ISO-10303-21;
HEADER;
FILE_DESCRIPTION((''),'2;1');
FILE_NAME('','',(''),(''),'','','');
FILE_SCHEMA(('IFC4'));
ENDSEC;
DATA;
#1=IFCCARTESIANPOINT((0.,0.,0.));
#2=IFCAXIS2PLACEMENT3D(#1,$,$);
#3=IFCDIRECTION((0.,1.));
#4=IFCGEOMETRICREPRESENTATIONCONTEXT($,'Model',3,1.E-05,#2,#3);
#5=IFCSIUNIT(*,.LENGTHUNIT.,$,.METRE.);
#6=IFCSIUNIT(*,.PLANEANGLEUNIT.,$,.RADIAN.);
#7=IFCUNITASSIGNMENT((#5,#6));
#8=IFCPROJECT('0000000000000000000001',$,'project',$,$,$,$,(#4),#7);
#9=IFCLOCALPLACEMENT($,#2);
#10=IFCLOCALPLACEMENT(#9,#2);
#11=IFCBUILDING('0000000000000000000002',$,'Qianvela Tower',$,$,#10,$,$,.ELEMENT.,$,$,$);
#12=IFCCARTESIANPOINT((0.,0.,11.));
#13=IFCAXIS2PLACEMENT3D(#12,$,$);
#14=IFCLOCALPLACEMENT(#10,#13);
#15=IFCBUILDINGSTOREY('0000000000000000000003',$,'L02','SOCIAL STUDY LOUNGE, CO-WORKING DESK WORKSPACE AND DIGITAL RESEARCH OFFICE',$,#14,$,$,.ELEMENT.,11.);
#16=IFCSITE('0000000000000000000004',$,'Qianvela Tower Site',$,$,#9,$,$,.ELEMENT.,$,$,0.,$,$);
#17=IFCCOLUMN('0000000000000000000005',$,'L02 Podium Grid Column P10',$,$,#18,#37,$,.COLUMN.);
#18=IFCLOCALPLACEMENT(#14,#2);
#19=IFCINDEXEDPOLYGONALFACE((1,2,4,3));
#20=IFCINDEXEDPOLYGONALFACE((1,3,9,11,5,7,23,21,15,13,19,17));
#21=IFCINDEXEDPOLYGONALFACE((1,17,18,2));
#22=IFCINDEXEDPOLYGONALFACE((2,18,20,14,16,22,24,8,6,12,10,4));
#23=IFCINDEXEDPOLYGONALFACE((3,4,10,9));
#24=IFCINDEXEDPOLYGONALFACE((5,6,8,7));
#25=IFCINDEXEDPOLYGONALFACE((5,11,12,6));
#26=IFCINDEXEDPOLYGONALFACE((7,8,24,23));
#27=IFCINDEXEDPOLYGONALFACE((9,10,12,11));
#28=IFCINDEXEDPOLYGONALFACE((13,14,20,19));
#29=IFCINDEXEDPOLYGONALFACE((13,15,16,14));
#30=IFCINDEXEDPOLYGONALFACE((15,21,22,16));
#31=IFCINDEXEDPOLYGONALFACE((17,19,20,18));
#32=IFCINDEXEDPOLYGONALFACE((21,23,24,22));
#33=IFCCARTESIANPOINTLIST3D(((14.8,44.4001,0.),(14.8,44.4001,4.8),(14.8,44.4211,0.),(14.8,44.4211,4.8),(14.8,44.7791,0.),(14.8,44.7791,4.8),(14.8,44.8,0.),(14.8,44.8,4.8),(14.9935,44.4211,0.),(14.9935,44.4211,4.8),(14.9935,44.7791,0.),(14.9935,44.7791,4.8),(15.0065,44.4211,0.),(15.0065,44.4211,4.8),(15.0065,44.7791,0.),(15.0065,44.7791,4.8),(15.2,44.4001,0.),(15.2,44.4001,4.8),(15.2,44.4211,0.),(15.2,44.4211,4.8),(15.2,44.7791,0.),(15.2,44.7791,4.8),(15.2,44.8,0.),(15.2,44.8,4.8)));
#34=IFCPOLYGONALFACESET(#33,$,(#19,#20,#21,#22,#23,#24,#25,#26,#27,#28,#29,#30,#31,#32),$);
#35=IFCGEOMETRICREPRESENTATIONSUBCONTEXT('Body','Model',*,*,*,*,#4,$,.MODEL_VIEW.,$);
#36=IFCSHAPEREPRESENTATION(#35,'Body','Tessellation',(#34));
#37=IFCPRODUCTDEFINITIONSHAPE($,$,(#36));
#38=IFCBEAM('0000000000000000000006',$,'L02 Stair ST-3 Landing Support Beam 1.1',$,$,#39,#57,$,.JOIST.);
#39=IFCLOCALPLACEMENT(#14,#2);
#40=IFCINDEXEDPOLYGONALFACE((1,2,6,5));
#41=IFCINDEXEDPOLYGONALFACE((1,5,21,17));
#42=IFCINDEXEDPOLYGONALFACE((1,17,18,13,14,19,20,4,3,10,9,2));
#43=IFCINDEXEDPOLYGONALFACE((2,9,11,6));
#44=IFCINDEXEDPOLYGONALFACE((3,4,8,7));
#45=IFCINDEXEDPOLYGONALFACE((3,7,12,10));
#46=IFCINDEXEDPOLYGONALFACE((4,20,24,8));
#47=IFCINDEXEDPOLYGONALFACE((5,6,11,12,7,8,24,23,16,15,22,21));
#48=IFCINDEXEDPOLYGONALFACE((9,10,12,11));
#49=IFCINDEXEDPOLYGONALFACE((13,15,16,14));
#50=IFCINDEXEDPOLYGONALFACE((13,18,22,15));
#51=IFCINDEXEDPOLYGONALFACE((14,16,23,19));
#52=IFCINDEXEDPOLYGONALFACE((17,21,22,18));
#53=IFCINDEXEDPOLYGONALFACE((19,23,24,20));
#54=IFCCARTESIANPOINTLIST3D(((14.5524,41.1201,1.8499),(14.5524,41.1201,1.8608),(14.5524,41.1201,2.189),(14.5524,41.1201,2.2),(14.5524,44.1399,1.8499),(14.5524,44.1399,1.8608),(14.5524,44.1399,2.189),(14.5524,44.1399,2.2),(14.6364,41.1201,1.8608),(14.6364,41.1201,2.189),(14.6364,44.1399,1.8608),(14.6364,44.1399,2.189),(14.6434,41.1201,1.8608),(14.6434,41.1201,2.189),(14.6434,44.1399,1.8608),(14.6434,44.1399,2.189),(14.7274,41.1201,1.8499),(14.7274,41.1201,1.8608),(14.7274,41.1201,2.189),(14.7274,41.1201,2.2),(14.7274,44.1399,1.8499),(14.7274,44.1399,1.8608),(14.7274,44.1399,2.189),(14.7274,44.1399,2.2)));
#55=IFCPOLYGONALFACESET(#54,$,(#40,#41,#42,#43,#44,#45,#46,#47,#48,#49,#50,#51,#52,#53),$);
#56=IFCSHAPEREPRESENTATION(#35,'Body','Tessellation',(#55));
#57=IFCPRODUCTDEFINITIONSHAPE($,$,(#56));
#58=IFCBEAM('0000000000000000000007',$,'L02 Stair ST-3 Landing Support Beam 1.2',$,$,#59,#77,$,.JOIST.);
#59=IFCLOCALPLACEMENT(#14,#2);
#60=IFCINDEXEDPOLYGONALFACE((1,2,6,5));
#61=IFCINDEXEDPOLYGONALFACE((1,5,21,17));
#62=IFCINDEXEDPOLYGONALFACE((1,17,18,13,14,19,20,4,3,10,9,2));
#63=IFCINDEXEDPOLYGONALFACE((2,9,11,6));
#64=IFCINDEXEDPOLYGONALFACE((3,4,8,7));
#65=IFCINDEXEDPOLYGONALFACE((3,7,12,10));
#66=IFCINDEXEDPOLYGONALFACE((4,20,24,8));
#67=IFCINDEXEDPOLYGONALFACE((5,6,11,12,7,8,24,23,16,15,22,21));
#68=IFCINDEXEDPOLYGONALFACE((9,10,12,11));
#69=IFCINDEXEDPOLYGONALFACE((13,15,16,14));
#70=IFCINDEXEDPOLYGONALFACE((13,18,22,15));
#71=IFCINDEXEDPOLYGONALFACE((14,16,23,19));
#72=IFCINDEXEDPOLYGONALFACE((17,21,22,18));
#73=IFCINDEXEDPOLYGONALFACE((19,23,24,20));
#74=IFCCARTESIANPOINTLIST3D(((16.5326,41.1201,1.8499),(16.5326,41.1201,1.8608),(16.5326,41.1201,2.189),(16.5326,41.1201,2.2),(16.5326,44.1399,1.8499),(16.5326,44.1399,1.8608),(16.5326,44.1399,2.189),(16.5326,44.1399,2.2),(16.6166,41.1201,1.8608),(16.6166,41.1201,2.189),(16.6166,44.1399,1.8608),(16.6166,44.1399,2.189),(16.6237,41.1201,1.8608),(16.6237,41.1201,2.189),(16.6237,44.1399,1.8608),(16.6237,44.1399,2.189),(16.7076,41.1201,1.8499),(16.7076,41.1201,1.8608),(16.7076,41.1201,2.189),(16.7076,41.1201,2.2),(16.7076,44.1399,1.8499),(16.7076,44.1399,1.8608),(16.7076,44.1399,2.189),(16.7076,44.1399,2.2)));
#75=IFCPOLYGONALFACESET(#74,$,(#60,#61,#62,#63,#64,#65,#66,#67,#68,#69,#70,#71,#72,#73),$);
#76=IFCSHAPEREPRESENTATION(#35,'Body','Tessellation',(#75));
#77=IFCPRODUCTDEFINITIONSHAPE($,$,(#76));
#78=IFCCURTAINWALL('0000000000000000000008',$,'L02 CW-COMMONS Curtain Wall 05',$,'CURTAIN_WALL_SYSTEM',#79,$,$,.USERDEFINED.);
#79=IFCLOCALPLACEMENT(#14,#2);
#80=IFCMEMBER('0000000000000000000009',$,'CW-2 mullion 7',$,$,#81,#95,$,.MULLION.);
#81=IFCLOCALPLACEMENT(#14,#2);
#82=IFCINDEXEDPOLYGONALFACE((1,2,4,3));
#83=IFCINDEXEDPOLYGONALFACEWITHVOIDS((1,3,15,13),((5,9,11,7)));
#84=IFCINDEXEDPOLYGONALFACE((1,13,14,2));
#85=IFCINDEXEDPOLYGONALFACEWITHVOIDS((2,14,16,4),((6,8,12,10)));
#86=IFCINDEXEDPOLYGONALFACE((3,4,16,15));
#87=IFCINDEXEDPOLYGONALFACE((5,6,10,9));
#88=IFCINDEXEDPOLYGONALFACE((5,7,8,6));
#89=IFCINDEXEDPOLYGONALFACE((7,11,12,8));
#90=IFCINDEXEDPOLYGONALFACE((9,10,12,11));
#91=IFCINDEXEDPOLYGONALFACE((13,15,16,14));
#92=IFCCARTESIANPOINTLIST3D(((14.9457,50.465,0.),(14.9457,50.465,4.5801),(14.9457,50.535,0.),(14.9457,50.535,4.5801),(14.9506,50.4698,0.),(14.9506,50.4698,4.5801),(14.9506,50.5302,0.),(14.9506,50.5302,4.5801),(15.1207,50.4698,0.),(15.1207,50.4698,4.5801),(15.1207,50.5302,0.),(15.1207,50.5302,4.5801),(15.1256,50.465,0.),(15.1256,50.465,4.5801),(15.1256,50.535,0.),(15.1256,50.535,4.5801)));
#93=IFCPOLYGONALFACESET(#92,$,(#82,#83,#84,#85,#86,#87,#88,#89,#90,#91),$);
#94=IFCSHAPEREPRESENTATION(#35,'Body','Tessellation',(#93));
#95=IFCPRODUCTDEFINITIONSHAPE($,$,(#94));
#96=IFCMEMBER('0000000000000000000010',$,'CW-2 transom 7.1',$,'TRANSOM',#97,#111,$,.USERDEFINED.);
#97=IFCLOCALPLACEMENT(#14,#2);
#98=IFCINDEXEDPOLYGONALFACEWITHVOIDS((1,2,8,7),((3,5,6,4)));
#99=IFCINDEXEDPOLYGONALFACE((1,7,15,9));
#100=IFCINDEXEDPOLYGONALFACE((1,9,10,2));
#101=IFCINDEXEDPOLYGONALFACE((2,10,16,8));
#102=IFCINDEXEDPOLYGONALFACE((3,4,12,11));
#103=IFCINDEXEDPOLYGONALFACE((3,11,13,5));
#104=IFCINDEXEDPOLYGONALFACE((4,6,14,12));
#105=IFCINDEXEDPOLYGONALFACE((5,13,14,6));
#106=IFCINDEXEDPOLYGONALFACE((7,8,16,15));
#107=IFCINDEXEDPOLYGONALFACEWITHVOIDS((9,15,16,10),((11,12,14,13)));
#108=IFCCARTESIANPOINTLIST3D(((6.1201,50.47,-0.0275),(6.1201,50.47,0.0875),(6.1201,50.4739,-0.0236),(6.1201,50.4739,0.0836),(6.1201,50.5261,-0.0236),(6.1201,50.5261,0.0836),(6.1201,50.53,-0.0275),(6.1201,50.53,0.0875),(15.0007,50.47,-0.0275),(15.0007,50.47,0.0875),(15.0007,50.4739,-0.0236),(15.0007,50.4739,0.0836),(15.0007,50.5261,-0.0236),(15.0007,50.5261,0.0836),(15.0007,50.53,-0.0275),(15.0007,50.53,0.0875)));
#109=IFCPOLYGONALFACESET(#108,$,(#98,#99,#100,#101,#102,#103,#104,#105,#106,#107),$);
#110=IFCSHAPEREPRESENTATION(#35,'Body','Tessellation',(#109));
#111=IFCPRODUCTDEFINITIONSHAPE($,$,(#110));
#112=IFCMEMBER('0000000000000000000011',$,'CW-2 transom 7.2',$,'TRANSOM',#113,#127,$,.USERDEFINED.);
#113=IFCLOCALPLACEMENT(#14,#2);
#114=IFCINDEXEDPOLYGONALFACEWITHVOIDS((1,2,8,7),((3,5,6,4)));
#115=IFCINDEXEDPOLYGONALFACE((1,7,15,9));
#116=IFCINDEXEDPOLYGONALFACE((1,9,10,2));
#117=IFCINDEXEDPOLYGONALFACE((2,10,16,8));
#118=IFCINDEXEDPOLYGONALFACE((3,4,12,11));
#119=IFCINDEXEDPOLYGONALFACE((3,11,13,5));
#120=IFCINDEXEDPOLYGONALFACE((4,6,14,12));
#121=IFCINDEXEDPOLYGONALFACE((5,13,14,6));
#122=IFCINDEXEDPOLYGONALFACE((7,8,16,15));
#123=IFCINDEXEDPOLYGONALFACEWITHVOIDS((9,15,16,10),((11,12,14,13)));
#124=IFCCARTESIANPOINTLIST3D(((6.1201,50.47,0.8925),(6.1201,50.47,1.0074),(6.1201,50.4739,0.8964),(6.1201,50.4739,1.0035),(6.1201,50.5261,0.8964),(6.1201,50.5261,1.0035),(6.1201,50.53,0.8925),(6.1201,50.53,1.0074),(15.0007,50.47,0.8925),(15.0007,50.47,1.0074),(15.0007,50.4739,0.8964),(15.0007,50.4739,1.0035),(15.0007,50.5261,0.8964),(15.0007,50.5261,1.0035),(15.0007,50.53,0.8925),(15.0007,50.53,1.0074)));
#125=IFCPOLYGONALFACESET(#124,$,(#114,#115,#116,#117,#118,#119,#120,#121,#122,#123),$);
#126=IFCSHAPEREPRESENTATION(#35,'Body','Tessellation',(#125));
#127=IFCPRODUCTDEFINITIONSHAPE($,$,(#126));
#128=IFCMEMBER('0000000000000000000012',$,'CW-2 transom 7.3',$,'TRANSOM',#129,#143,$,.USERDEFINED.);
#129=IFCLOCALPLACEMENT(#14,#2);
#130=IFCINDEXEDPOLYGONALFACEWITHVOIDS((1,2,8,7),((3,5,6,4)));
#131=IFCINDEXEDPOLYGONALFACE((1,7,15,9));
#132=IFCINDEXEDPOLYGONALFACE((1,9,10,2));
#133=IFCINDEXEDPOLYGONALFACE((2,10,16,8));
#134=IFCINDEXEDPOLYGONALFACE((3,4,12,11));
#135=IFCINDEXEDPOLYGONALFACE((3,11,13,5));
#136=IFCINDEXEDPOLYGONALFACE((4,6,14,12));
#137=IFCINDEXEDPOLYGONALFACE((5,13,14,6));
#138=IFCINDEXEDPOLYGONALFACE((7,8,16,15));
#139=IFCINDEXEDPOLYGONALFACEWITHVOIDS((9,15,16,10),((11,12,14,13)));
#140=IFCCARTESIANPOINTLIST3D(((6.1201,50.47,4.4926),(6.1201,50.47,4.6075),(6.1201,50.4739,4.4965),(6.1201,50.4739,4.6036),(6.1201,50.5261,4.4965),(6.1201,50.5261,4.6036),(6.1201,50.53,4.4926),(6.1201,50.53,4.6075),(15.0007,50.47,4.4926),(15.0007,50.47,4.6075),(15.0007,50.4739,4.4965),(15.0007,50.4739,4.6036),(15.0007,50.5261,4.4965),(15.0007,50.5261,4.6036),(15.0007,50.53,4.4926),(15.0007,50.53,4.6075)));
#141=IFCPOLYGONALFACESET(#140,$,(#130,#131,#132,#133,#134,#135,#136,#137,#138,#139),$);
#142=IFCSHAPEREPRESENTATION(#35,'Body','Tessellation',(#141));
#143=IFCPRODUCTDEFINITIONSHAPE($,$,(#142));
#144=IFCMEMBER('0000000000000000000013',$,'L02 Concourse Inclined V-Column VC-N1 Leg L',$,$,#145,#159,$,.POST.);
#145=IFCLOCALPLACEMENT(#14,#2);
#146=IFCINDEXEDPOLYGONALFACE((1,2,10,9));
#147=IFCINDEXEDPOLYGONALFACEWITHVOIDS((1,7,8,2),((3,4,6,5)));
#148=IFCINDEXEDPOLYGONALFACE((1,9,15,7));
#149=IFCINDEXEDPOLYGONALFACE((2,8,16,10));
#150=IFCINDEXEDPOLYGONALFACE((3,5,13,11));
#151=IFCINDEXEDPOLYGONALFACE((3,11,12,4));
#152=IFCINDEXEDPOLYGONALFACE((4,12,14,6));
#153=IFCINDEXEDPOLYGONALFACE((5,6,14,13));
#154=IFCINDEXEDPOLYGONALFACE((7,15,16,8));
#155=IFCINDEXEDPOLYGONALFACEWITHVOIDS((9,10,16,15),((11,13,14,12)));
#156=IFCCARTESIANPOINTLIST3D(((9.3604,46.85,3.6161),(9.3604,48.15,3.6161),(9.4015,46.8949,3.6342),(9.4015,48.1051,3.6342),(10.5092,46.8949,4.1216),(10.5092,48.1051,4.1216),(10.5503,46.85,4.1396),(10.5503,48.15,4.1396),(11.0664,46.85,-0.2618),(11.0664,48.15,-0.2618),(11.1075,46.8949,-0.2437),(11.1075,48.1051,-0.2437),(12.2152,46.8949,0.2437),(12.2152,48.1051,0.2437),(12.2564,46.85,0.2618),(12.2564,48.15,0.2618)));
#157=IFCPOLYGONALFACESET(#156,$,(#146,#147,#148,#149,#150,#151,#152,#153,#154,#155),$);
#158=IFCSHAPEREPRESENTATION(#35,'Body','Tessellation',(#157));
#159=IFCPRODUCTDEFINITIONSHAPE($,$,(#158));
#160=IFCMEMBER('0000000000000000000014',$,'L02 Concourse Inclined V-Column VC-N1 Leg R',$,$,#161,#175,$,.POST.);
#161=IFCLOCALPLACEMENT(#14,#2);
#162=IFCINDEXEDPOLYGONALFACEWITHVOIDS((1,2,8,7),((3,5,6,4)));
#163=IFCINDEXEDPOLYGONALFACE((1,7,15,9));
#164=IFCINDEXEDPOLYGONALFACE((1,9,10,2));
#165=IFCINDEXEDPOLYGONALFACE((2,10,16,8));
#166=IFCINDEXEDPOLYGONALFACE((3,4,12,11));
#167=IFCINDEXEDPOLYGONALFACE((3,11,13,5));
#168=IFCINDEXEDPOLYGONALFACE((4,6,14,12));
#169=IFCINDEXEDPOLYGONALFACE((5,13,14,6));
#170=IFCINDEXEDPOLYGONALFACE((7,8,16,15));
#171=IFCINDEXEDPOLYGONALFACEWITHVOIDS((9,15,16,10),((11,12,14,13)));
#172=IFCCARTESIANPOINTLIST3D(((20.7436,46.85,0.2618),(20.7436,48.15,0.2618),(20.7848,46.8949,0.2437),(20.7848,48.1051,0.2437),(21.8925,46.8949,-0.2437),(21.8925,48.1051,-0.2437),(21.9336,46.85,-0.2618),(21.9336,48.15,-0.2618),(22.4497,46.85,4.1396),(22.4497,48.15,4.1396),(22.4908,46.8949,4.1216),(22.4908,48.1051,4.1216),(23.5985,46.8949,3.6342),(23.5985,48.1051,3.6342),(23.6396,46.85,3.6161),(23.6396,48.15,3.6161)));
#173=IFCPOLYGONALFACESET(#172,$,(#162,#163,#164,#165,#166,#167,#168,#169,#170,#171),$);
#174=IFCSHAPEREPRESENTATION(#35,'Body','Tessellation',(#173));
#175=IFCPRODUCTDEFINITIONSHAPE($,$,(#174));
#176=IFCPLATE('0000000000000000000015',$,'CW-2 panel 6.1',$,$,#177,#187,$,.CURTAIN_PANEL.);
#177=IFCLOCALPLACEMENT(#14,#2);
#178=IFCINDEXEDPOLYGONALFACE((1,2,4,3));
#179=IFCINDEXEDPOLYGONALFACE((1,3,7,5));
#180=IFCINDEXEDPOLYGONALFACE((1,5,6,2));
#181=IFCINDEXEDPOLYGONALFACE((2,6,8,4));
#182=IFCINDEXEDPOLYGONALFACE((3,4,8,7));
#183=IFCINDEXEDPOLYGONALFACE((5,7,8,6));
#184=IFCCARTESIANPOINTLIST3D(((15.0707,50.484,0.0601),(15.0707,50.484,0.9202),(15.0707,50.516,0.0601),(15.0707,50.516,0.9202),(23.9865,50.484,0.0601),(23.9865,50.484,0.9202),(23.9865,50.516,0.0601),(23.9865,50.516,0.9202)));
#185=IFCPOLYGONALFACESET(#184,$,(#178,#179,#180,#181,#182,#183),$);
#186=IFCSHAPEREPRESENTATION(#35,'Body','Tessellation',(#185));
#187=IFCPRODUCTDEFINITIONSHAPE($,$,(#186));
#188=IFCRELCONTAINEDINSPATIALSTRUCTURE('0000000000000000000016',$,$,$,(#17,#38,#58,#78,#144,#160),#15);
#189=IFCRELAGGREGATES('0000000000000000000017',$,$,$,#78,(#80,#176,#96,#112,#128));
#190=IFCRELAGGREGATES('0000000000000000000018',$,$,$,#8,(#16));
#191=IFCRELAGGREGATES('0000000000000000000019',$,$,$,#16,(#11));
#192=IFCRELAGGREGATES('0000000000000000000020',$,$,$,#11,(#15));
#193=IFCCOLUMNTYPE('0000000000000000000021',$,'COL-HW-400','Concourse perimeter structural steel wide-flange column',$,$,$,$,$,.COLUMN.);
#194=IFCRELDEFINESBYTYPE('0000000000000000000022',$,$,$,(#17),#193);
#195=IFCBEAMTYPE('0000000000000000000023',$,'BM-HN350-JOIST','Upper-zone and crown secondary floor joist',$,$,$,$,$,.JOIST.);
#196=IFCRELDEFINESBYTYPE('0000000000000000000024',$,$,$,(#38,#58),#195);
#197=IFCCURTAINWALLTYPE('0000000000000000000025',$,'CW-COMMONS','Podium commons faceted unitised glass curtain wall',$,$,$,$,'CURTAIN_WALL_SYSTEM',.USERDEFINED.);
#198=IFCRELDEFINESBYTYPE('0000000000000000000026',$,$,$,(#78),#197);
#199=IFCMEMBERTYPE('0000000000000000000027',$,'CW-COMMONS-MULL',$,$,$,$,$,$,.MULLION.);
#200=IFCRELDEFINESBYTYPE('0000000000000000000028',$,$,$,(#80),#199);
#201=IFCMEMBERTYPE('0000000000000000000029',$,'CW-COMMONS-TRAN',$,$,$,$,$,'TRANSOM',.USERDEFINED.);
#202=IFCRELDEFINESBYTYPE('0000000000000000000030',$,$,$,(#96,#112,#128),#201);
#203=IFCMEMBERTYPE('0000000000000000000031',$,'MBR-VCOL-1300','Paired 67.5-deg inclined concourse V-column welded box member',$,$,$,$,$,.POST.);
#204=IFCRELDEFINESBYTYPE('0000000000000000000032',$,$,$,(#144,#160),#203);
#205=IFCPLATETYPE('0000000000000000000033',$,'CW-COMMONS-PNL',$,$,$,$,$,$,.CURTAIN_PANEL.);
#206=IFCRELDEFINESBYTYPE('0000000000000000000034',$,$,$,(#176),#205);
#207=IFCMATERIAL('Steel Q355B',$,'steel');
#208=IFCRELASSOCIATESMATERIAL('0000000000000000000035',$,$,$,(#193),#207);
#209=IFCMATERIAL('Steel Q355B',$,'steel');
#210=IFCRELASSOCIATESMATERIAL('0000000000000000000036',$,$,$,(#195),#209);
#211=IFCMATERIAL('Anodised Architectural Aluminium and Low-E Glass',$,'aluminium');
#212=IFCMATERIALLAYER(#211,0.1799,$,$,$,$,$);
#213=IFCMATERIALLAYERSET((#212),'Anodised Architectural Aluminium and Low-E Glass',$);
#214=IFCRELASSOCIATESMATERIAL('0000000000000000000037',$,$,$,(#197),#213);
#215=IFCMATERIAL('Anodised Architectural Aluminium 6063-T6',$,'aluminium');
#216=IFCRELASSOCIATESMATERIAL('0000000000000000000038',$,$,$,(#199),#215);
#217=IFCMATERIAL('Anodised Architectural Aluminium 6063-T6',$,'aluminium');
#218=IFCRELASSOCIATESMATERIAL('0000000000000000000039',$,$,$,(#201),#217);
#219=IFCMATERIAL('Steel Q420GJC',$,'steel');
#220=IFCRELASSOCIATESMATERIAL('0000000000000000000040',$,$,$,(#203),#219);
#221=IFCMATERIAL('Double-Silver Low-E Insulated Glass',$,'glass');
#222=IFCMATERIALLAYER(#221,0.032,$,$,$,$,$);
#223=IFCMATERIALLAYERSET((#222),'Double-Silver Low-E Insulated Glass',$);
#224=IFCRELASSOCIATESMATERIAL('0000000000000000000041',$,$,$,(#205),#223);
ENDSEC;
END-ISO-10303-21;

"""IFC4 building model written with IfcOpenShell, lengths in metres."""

from ifc_helpers import new_model, si_unit, direction, frame, origin, origin_2d, place, context, subcontext, project, spatial, rectangle, hollow_rectangle, i_section, extrude, material, layer, layer_set, material_profile, profile_set, type_object, element, aggregate, save


model = new_model("IFC4")

# Units and contexts
model_context = context("Model", 3, precision=1e-05, world=origin(), true_north=direction((0.0, 1.0)))
body_context = subcontext(model_context, "Body", "Model", "MODEL_VIEW")
ifc_project = project(units=[si_unit("LENGTHUNIT", "METRE"), si_unit("PLANEANGLEUNIT", "RADIAN")], contexts=[model_context])

# Site, building, storey
site_placement = place(None, origin())
site = spatial("IfcSite", under=ifc_project, at=site_placement, Name="Qianvela Tower Site", CompositionType="ELEMENT", RefElevation=0.0)
building_placement = place(site_placement, origin())
building = spatial("IfcBuilding", under=site, at=building_placement, Name="Qianvela Tower", CompositionType="ELEMENT")
storey_placement = place(building_placement, frame((0.0, 0.0, 11.0)))
storey = spatial("IfcBuildingStorey", under=building, at=storey_placement, Name="L02", Description="SOCIAL STUDY LOUNGE, CO-WORKING DESK WORKSPACE AND DIGITAL RESEARCH OFFICE", CompositionType="ELEMENT", Elevation=11.0)

# Column
ifc_material_1 = material(Name="Steel Q355B", Category="steel")
ifc_material_profile_1 = material_profile(ifc_material_1, i_section(OverallWidth=0.3999, OverallDepth=0.3999, WebThickness=0.0129, FlangeThickness=0.021, at=origin_2d()), Name="HW400x400x13x21")
ifc_profile_set_1 = profile_set([ifc_material_profile_1], Name="Steel Q355B")
column_type = type_object("IfcColumnType", Name="COL-HW-400", Description="Concourse perimeter structural steel wide-flange column", PredefinedType="COLUMN", material=ifc_profile_set_1)
column_placement = place(storey_placement, frame((15.0, 44.6001, 0.0), z_axis=(0.0, 0.0, 1.0), x_axis=(1.0, 0.0, 0.0)))
element("IfcColumn", 1, at=column_placement, inside=storey, type_object=column_type, Name="L02 Podium Grid Column P10", PredefinedType="COLUMN", context=body_context, shape_type="SweptSolid", body=[
    extrude(i_section(OverallWidth=0.3999, OverallDepth=0.3999, WebThickness=0.0129, FlangeThickness=0.021, at=origin_2d()), origin(), (0.0, 0.0, 1.0), 4.8),
])

# Beams
ifc_material_2 = material(Name="Steel Q355B", Category="steel")
ifc_material_profile_2 = material_profile(ifc_material_2, i_section(OverallWidth=0.175, OverallDepth=0.3501, WebThickness=0.0071, FlangeThickness=0.011, at=origin_2d()), Name="HN350x175x7x11")
ifc_profile_set_2 = profile_set([ifc_material_profile_2], Name="Steel Q355B")
beam_type = type_object("IfcBeamType", Name="BM-HN350-JOIST", Description="Upper-zone and crown secondary floor joist", PredefinedType="JOIST", material=ifc_profile_set_2)
for number, where, z_axis, x_axis, name in (
    (2, (14.6399, 41.1201, 2.0249), (0.0, 1.0, 0.0), (-1.0, 0.0, 0.0), "L02 Stair ST-3 Landing Support Beam 1.1"),
    (3, (16.6201, 41.1201, 2.0249), (0.0, 1.0, 0.0), (-1.0, 0.0, 0.0), "L02 Stair ST-3 Landing Support Beam 1.2"),
):
    element("IfcBeam", number, at=place(storey_placement, frame(where, z_axis=z_axis, x_axis=x_axis)), inside=storey, type_object=beam_type, Name=name, PredefinedType="JOIST", context=body_context, shape_type="SweptSolid", body=[
        extrude(i_section(OverallWidth=0.175, OverallDepth=0.3501, WebThickness=0.0071, FlangeThickness=0.011, at=origin_2d()), origin(), (0.0, 0.0, 1.0), 3.0198),
    ])

# Curtain wall, members
ifc_material_3 = material(Name="Anodised Architectural Aluminium and Low-E Glass", Category="aluminium")
ifc_layer_1 = layer(ifc_material_3, 0.1799)
ifc_layer_set_1 = layer_set([ifc_layer_1], Name="Anodised Architectural Aluminium and Low-E Glass")
curtain_wall_type = type_object("IfcCurtainWallType", Name="CW-COMMONS", Description="Podium commons faceted unitised glass curtain wall", ElementType="CURTAIN_WALL_SYSTEM", PredefinedType="USERDEFINED", material=ifc_layer_set_1)
curtain_wall_placement = place(storey_placement, origin())
curtain_wall = element("IfcCurtainWall", 4, at=curtain_wall_placement, inside=storey, type_object=curtain_wall_type, Name="L02 CW-COMMONS Curtain Wall 05", ObjectType="CURTAIN_WALL_SYSTEM", PredefinedType="USERDEFINED")
ifc_material_4 = material(Name="Anodised Architectural Aluminium 6063-T6", Category="aluminium")
ifc_material_profile_3 = material_profile(ifc_material_4, hollow_rectangle(XDim=0.0701, YDim=0.1799, WallThickness=0.0049, at=origin_2d()), Name="ALU-MULL-70x180")
ifc_profile_set_3 = profile_set([ifc_material_profile_3], Name="Anodised Architectural Aluminium 6063-T6")
member_type_1 = type_object("IfcMemberType", Name="CW-COMMONS-MULL", PredefinedType="MULLION", material=ifc_profile_set_3)
member_1_placement = place(storey_placement, frame((15.0356, 50.5, 0.0), z_axis=(0.0, 0.0, 1.0), x_axis=(0.0, -1.0, 0.0)))
member_1 = element("IfcMember", 5, at=member_1_placement, type_object=member_type_1, Name="CW-2 mullion 7", PredefinedType="MULLION", context=body_context, shape_type="SweptSolid", body=[
    extrude(hollow_rectangle(XDim=0.0701, YDim=0.1799, WallThickness=0.0049, at=origin_2d()), origin(), (0.0, 0.0, 1.0), 4.5801),
])
ifc_material_5 = material(Name="Anodised Architectural Aluminium 6063-T6", Category="aluminium")
ifc_material_profile_4 = material_profile(ifc_material_5, hollow_rectangle(XDim=0.0601, YDim=0.115, WallThickness=0.0039, at=origin_2d()), Name="ALU-TRAN-60x115")
ifc_profile_set_4 = profile_set([ifc_material_profile_4], Name="Anodised Architectural Aluminium 6063-T6")
member_type_2 = type_object("IfcMemberType", Name="CW-COMMONS-TRAN", ElementType="TRANSOM", PredefinedType="USERDEFINED", material=ifc_profile_set_4)
member_2_placement = place(storey_placement, frame((15.0007, 50.5, 0.03), z_axis=(-1.0, 0.0, 0.0), x_axis=(0.0, -1.0, 0.0)))
member_2 = element("IfcMember", 6, at=member_2_placement, type_object=member_type_2, Name="CW-2 transom 7.1", ObjectType="TRANSOM", PredefinedType="USERDEFINED", context=body_context, shape_type="SweptSolid", body=[
    extrude(hollow_rectangle(XDim=0.0601, YDim=0.115, WallThickness=0.0039, at=origin_2d()), origin(), (0.0, 0.0, 1.0), 8.8806),
])
member_3_placement = place(storey_placement, frame((15.0007, 50.5, 0.95), z_axis=(-1.0, 0.0, 0.0), x_axis=(0.0, -1.0, 0.0)))
member_3 = element("IfcMember", 7, at=member_3_placement, type_object=member_type_2, Name="CW-2 transom 7.2", ObjectType="TRANSOM", PredefinedType="USERDEFINED", context=body_context, shape_type="SweptSolid", body=[
    extrude(hollow_rectangle(XDim=0.0601, YDim=0.115, WallThickness=0.0039, at=origin_2d()), origin(), (0.0, 0.0, 1.0), 8.8806),
])
member_4_placement = place(storey_placement, frame((15.0007, 50.5, 4.55), z_axis=(-1.0, 0.0, 0.0), x_axis=(0.0, -1.0, 0.0)))
member_4 = element("IfcMember", 8, at=member_4_placement, type_object=member_type_2, Name="CW-2 transom 7.3", ObjectType="TRANSOM", PredefinedType="USERDEFINED", context=body_context, shape_type="SweptSolid", body=[
    extrude(hollow_rectangle(XDim=0.0601, YDim=0.115, WallThickness=0.0039, at=origin_2d()), origin(), (0.0, 0.0, 1.0), 8.8806),
])

# Members
ifc_material_6 = material(Name="Steel Q420GJC", Category="steel")
ifc_material_profile_5 = material_profile(ifc_material_6, hollow_rectangle(XDim=1.3, YDim=1.3, WallThickness=0.0449, at=origin_2d()), Name="VBOX-1300x1300x45")
ifc_profile_set_5 = profile_set([ifc_material_profile_5], Name="Steel Q420GJC")
member_type_3 = type_object("IfcMemberType", Name="MBR-VCOL-1300", Description="Paired 67.5-deg inclined concourse V-column welded box member", PredefinedType="POST", material=ifc_profile_set_5)
for number, where, z_axis, x_axis, name in (
    (9, (11.6614, 47.5, 0.0), (-0.402692, 0.0, 0.915335), (0.0, -1.0, 0.0), "L02 Concourse Inclined V-Column VC-N1 Leg L"),
    (10, (21.3386, 47.5, 0.0), (0.402692, 0.0, 0.915335), (0.0, 1.0, 0.0), "L02 Concourse Inclined V-Column VC-N1 Leg R"),
):
    element("IfcMember", number, at=place(storey_placement, frame(where, z_axis=z_axis, x_axis=x_axis)), inside=storey, type_object=member_type_3, Name=name, PredefinedType="POST", context=body_context, shape_type="SweptSolid", body=[
        extrude(hollow_rectangle(XDim=1.3, YDim=1.3, WallThickness=0.0449, at=origin_2d()), origin(), (0.0, 0.0, 1.0), 4.2366),
    ])

# Plate
ifc_material_7 = material(Name="Double-Silver Low-E Insulated Glass", Category="glass")
ifc_layer_2 = layer(ifc_material_7, 0.032)
ifc_layer_set_2 = layer_set([ifc_layer_2], Name="Double-Silver Low-E Insulated Glass")
plate_type = type_object("IfcPlateType", Name="CW-COMMONS-PNL", PredefinedType="CURTAIN_PANEL", material=ifc_layer_set_2)
plate_1_placement = place(storey_placement, frame((19.5286, 50.5, 0.0601), z_axis=(0.0, 0.0, 1.0), x_axis=(-1.0, 0.0, 0.0)))
plate_1 = element("IfcPlate", 11, at=plate_1_placement, type_object=plate_type, Name="CW-2 panel 6.1", PredefinedType="CURTAIN_PANEL", context=body_context, shape_type="SweptSolid", body=[
    extrude(rectangle(XDim=8.9158, YDim=0.032, at=origin_2d()), origin(), (0.0, 0.0, 1.0), 0.8601),
])
aggregate(curtain_wall, [member_1, plate_1, member_2, member_3, member_4])

save(model, "model.ifc")
